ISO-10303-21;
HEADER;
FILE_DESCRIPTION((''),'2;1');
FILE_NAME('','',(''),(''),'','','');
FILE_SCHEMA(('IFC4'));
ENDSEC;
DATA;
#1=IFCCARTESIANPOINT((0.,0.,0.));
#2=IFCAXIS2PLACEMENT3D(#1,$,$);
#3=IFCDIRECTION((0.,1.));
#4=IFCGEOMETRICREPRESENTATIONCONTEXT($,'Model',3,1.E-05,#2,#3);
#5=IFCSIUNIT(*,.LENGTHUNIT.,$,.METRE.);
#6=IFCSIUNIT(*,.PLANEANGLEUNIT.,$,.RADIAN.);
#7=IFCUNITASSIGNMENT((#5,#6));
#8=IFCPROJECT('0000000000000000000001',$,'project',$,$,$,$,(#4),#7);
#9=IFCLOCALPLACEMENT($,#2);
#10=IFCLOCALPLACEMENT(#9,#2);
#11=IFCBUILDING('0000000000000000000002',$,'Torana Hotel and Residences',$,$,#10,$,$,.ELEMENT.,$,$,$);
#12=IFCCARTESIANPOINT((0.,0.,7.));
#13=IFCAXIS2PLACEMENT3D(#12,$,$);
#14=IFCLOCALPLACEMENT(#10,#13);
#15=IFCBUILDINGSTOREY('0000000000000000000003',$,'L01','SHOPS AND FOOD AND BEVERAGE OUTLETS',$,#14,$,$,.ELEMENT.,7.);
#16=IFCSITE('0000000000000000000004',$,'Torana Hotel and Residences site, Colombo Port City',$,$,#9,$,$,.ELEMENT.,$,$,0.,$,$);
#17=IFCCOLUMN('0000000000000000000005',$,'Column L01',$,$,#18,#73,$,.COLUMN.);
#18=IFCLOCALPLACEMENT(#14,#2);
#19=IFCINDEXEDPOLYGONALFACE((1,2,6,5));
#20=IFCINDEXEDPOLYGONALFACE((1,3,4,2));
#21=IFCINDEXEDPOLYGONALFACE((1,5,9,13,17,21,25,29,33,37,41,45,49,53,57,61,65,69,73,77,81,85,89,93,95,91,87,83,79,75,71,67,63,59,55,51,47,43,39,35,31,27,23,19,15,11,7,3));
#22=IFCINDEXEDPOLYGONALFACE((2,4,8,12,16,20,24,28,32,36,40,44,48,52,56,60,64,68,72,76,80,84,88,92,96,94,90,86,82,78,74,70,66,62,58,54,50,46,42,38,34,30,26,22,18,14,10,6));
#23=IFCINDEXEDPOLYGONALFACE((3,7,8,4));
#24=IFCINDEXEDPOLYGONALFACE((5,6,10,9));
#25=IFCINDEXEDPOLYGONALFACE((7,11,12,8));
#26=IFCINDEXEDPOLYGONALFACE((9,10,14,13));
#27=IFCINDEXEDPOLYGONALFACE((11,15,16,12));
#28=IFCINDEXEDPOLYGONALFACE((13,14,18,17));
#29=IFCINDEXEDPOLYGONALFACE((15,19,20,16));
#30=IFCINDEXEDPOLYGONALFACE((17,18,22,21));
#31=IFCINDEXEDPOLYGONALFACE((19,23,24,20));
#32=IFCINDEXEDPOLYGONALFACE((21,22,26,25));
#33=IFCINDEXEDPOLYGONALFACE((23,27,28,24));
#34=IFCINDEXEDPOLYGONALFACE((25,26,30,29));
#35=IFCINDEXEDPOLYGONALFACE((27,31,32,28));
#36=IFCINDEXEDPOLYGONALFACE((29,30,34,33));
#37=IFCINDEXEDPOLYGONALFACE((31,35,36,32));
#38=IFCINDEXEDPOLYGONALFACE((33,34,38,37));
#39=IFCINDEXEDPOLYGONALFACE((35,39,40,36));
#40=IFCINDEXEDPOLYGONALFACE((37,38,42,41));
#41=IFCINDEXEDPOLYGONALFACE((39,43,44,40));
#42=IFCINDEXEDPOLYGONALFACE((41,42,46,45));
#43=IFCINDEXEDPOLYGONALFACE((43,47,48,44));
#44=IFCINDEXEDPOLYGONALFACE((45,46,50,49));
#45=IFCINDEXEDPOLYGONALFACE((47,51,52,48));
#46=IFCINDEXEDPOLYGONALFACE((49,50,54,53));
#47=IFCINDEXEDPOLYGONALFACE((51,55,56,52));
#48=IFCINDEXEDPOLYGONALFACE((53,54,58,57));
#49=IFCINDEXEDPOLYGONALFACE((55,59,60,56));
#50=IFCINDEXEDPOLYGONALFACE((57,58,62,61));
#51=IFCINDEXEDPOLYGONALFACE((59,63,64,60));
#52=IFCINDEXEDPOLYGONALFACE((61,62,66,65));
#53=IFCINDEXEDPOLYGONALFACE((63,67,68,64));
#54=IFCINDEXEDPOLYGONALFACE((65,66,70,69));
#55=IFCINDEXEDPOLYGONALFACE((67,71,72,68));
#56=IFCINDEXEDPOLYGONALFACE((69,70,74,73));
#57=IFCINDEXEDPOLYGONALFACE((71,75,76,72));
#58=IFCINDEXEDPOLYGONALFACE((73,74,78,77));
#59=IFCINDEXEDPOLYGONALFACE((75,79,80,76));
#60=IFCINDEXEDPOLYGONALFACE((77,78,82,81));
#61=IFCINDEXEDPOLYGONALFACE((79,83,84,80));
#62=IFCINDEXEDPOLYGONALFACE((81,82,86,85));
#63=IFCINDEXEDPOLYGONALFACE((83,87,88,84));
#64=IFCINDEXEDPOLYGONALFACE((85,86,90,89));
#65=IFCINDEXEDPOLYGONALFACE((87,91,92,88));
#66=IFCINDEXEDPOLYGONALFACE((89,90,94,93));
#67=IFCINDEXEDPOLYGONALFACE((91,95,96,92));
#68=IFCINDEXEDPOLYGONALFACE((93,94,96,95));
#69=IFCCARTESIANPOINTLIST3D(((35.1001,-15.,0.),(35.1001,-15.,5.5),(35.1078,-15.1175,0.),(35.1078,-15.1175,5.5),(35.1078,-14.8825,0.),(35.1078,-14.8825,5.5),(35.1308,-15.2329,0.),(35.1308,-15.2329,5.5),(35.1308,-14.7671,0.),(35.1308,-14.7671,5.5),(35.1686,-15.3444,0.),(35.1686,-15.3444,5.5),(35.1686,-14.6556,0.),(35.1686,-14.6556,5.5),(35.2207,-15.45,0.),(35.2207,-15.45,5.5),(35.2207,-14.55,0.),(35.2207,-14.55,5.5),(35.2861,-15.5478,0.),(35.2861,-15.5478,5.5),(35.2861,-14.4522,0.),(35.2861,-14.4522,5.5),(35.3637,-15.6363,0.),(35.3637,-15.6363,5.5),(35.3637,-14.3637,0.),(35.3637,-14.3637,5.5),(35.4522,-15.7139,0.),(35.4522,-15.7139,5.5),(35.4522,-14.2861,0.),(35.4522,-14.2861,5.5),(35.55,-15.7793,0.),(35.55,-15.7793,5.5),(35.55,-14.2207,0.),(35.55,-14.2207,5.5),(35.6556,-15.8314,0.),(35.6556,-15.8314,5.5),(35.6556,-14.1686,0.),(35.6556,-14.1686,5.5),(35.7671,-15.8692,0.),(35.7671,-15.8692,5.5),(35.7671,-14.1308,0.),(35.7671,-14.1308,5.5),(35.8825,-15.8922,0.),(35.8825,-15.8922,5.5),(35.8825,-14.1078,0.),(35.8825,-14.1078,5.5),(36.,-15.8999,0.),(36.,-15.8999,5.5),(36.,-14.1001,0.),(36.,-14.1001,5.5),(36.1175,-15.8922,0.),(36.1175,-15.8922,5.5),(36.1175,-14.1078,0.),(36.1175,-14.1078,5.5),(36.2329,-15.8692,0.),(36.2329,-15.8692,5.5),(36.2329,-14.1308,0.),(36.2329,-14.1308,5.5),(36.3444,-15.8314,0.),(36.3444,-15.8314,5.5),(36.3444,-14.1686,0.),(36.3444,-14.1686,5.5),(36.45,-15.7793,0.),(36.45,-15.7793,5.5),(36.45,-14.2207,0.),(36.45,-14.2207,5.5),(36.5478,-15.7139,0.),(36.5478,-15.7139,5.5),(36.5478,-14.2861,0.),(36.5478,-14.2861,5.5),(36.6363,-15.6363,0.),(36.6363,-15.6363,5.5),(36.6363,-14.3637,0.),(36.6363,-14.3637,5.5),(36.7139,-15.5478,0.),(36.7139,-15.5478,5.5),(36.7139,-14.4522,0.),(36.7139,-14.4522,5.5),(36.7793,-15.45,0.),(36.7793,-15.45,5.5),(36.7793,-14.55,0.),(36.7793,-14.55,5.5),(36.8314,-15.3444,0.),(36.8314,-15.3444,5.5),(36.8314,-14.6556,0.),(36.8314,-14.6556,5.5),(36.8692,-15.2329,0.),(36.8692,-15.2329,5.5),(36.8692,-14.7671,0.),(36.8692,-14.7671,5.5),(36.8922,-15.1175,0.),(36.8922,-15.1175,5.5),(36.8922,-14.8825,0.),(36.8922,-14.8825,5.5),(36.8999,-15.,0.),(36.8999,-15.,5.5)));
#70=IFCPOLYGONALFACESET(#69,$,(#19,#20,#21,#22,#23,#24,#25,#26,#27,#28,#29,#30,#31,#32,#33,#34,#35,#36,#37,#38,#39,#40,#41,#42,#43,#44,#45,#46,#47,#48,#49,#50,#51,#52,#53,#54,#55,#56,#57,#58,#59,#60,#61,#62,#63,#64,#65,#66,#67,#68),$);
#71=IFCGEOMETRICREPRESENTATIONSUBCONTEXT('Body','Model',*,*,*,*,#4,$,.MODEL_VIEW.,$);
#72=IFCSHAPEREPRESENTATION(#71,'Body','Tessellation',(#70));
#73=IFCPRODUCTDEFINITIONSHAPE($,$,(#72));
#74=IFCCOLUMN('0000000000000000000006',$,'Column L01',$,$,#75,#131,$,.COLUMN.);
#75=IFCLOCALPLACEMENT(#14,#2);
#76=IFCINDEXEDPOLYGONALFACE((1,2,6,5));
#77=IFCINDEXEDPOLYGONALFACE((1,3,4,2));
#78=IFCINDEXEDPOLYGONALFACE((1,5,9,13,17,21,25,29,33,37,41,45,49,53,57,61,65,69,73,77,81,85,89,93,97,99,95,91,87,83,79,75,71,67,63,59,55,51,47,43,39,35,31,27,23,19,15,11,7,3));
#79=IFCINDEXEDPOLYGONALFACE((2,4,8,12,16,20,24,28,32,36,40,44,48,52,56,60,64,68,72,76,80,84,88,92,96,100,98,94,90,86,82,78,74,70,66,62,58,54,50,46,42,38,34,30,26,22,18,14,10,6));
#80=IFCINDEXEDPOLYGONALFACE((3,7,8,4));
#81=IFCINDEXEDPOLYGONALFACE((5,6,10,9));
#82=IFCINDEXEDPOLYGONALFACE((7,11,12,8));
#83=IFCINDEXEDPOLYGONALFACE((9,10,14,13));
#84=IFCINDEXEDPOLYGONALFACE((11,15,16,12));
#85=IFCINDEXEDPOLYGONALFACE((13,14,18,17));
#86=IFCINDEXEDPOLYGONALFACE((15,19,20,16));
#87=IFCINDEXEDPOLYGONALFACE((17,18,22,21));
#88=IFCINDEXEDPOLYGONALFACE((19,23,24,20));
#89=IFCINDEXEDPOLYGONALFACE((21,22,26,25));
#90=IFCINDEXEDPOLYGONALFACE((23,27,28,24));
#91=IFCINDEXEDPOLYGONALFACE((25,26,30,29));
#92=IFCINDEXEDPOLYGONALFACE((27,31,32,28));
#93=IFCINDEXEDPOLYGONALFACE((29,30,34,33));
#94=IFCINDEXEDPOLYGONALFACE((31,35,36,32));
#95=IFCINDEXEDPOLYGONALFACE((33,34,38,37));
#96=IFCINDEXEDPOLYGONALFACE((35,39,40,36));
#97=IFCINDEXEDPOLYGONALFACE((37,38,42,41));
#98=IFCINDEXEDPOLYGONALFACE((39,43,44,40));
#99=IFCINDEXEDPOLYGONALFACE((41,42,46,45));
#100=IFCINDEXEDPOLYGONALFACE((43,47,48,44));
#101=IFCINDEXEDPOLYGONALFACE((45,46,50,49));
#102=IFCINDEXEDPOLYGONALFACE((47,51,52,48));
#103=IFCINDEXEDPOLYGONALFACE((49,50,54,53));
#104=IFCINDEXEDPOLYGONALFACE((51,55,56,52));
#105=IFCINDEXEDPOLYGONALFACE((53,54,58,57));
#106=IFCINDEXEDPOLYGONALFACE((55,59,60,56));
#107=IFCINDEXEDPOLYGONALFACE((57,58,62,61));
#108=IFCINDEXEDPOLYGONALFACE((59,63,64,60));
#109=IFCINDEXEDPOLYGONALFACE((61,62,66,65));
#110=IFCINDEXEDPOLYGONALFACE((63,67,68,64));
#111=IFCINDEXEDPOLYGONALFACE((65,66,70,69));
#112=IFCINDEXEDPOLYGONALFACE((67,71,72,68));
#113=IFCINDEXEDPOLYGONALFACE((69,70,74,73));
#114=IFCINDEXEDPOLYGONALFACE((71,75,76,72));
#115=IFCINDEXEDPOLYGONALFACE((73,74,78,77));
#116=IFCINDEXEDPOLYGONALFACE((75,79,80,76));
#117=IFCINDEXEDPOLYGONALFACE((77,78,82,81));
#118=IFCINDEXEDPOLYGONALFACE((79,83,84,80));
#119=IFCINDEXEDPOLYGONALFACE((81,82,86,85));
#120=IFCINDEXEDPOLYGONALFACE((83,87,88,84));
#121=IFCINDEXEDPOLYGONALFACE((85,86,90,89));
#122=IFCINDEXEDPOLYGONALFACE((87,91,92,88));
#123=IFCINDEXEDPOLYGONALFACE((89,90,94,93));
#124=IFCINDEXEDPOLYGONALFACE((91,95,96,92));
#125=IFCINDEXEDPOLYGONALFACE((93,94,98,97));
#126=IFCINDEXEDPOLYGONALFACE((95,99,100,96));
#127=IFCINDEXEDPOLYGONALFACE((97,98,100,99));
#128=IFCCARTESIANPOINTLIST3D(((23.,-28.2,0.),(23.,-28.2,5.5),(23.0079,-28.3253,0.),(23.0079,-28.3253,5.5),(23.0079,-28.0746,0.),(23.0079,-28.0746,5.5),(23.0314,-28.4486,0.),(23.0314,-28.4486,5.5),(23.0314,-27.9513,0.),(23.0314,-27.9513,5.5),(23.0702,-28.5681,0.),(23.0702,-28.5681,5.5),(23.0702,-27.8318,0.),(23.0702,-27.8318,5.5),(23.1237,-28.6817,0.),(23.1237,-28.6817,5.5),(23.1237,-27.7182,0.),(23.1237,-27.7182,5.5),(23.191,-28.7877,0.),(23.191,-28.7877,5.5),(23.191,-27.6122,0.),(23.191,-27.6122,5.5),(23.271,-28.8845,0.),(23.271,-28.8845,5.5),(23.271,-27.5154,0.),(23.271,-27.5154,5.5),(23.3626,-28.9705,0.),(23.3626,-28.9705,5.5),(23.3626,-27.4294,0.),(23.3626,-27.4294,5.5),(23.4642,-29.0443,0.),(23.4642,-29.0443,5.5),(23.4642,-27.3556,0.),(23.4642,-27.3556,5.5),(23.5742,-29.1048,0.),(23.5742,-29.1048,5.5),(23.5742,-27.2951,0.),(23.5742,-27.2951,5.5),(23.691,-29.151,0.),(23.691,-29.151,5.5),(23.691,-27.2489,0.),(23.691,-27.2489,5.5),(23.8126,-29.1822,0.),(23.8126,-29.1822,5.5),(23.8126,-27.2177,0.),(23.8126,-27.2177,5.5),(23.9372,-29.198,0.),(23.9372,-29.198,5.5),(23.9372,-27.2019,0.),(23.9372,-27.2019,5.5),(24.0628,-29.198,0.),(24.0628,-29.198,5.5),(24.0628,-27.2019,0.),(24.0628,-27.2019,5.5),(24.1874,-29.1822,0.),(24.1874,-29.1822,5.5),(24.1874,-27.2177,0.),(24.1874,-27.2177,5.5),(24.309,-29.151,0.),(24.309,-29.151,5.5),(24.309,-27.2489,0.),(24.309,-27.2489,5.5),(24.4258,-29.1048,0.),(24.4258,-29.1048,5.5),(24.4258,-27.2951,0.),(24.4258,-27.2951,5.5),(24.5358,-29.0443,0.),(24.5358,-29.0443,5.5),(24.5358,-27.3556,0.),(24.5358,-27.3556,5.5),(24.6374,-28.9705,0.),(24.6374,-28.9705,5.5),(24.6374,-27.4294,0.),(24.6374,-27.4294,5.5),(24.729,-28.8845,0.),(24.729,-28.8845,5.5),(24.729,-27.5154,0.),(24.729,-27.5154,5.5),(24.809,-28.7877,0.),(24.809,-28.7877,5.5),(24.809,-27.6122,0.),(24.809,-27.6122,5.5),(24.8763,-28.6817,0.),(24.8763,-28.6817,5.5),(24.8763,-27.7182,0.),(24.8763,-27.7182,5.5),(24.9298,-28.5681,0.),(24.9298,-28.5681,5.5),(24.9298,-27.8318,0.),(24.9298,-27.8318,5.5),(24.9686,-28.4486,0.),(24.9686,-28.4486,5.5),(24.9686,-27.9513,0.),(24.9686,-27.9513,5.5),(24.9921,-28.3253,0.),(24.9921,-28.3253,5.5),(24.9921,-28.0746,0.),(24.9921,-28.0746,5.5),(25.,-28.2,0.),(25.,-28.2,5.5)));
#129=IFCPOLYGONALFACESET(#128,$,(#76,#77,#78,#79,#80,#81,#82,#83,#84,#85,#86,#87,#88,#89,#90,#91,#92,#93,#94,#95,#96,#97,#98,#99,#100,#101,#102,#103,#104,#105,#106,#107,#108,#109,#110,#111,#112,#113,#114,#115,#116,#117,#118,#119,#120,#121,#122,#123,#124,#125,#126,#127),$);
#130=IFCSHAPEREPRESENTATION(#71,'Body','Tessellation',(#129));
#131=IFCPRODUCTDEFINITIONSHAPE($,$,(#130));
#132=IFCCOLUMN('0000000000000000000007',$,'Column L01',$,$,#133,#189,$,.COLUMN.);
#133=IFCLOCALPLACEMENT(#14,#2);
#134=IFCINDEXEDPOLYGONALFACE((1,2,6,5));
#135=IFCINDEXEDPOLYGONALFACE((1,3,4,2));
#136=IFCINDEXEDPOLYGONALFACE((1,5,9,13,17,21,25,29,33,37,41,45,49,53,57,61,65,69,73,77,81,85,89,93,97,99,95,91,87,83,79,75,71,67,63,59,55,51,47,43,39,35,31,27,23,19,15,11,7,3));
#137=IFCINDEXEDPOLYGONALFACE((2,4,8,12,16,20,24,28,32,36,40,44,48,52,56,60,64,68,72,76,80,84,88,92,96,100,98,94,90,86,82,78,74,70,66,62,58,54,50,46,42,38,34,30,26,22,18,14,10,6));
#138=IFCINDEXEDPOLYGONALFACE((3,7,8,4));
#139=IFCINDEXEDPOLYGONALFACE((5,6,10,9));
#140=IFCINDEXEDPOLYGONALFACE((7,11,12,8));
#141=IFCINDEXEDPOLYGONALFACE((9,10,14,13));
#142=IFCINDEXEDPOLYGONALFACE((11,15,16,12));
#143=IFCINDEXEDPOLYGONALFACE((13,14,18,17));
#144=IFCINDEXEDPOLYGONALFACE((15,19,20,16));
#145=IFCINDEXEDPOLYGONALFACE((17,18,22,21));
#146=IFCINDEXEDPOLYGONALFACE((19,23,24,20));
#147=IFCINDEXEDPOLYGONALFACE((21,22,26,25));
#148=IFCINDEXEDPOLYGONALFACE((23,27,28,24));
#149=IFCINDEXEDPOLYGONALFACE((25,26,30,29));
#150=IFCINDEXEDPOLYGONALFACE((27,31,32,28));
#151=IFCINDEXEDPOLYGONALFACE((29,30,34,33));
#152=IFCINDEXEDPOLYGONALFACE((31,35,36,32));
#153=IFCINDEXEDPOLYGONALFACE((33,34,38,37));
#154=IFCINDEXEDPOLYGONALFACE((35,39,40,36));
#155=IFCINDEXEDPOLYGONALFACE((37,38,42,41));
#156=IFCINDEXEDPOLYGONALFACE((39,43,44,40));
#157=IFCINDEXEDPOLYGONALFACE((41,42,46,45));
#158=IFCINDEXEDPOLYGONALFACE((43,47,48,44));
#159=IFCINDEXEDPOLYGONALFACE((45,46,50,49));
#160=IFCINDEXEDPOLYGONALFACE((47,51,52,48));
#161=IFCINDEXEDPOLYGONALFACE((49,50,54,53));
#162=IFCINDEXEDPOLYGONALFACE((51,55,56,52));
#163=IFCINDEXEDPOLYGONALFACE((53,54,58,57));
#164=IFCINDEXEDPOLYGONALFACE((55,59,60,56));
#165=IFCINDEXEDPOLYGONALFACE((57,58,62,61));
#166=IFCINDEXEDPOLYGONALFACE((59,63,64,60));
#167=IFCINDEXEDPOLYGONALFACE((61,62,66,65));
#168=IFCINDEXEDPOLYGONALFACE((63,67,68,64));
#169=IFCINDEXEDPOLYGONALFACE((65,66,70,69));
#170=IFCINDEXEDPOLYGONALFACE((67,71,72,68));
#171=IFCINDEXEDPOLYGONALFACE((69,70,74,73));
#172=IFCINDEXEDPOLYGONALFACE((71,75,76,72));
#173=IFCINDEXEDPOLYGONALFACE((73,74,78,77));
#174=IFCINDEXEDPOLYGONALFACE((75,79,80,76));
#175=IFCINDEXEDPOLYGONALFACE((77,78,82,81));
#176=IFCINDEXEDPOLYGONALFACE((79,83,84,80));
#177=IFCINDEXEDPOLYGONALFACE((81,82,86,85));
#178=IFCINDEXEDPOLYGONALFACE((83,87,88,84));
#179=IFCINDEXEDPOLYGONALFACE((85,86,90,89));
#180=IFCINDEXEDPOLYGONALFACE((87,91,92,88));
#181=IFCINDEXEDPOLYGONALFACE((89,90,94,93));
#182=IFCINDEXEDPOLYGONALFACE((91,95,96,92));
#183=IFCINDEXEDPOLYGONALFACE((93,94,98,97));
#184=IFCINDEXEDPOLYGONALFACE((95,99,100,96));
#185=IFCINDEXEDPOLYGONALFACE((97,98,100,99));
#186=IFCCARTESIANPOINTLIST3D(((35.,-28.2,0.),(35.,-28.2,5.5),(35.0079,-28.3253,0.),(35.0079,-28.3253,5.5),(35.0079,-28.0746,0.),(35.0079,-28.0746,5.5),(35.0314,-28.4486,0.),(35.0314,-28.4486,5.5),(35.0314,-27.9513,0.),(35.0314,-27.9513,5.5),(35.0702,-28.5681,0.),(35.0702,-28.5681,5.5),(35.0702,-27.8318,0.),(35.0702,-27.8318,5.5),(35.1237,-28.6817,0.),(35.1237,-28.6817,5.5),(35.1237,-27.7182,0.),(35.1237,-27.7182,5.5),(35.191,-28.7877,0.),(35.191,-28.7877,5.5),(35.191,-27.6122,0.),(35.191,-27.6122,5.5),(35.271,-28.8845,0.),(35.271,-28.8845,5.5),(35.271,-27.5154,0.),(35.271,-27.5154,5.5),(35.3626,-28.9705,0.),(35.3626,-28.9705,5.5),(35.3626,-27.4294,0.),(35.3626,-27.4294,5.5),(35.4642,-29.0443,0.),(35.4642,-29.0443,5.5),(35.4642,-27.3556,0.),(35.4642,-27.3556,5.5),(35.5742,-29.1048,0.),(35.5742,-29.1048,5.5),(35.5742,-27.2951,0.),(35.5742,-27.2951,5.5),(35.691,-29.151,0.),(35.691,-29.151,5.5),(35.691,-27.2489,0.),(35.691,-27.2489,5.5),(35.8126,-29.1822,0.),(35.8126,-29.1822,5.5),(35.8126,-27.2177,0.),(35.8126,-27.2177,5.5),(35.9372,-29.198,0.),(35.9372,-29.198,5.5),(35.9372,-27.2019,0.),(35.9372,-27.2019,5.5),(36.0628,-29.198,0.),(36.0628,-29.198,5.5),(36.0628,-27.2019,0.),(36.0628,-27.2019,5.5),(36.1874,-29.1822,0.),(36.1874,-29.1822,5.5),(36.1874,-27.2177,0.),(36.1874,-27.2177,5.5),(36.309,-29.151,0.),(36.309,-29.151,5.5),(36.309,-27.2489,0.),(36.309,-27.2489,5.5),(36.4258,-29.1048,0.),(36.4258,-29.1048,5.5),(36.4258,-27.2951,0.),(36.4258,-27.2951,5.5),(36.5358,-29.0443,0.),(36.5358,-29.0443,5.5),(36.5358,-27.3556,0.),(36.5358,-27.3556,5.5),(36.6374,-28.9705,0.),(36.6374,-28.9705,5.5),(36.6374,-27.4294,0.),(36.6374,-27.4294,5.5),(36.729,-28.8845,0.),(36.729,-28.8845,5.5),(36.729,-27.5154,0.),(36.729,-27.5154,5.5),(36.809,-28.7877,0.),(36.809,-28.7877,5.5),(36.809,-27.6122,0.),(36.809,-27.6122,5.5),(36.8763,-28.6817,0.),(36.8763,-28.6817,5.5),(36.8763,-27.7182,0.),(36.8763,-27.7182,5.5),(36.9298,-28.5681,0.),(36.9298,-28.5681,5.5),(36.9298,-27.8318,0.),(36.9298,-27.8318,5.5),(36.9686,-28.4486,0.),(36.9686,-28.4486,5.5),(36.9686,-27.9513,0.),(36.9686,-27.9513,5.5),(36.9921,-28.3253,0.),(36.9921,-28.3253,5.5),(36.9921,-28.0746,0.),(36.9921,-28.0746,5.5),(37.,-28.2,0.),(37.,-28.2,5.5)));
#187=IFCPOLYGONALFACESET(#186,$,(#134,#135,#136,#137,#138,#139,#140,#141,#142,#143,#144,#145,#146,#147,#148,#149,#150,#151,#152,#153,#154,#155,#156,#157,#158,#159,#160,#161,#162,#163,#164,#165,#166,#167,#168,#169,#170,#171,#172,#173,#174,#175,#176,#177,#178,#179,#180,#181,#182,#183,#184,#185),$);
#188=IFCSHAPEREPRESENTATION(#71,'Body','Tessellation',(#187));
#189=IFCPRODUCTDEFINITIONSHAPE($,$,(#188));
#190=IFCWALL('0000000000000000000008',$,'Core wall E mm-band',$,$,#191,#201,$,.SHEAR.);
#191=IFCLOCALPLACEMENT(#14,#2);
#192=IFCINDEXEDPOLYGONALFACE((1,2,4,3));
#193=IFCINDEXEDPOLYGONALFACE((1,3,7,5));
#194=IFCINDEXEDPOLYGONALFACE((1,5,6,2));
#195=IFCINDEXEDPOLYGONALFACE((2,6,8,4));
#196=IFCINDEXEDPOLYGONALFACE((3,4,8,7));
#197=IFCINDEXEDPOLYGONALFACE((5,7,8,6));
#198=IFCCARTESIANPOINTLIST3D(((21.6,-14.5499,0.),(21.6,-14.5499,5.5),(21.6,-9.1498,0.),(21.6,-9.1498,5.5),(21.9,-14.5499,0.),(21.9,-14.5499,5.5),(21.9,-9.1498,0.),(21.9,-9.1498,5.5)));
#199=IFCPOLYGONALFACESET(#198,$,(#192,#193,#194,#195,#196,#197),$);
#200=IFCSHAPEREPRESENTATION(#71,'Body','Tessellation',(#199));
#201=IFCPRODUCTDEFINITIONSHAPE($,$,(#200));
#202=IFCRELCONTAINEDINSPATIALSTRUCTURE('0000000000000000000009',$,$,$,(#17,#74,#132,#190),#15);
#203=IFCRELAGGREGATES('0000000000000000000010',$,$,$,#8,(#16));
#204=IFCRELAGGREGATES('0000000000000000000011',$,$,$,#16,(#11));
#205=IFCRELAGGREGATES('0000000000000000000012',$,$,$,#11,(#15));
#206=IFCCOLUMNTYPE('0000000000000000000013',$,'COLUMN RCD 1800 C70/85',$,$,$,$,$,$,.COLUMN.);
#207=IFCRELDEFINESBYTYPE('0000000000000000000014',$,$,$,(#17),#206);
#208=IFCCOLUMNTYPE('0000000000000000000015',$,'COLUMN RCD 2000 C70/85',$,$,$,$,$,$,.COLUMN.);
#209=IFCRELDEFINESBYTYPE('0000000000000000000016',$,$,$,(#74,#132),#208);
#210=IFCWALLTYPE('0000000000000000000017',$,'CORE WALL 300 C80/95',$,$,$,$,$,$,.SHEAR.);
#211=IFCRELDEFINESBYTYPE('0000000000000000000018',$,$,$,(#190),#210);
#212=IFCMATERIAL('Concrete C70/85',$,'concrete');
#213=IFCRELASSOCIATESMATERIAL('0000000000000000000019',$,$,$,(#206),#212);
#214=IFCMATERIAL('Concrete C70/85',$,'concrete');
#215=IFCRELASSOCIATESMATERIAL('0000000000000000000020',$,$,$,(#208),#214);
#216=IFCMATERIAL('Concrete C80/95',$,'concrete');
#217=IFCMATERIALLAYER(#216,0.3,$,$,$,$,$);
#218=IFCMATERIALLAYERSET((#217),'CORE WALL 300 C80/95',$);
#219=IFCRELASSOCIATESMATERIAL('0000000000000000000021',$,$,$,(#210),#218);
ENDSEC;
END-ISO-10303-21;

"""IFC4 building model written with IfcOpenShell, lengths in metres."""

from ifc_helpers import new_model, si_unit, direction, frame, frame_2d, origin, origin_2d, place, context, subcontext, project, spatial, rectangle, circle, extrude, material, layer, layer_set, material_profile, profile_set, type_object, element, save


model = new_model("IFC4")

# Units and contexts
model_context = context("Model", 3, precision=1e-05, world=origin(), true_north=direction((0.0, 1.0)))
body_context = subcontext(model_context, "Body", "Model", "MODEL_VIEW")
ifc_project = project(units=[si_unit("LENGTHUNIT", "METRE"), si_unit("PLANEANGLEUNIT", "RADIAN")], contexts=[model_context])

# Site, building, storey
site_placement = place(None, origin())
site = spatial("IfcSite", under=ifc_project, at=site_placement, Name="Torana Hotel and Residences site, Colombo Port City", CompositionType="ELEMENT", RefElevation=0.0)
building_placement = place(site_placement, origin())
building = spatial("IfcBuilding", under=site, at=building_placement, Name="Torana Hotel and Residences", CompositionType="ELEMENT")
storey_placement = place(building_placement, frame((0.0, 0.0, 7.0)))
storey = spatial("IfcBuildingStorey", under=building, at=storey_placement, Name="L01", Description="SHOPS AND FOOD AND BEVERAGE OUTLETS", CompositionType="ELEMENT", Elevation=7.0)

# Columns
ifc_material_1 = material(Name="Concrete C70/85", Category="concrete")
ifc_material_profile_1 = material_profile(ifc_material_1, circle(Radius=0.8999, at=origin_2d()), Name="RCD 1800")
ifc_profile_set_1 = profile_set([ifc_material_profile_1], Name="Concrete C70/85")
column_type_1 = type_object("IfcColumnType", Name="COLUMN RCD 1800 C70/85", PredefinedType="COLUMN", material=ifc_profile_set_1)
column_placement = place(storey_placement, frame((36.0, -15.0, 0.0), z_axis=(0.0, 0.0, 1.0), x_axis=(1.0, 0.0, 0.0)))
element("IfcColumn", 1, at=column_placement, inside=storey, type_object=column_type_1, Name="Column L01", PredefinedType="COLUMN", context=body_context, shape_type="SweptSolid", body=[
    extrude(circle(Radius=0.8999, at=origin_2d()), origin(), (0.0, 0.0, 1.0), 5.5),
])
ifc_material_2 = material(Name="Concrete C70/85", Category="concrete")
ifc_material_profile_2 = material_profile(ifc_material_2, circle(Radius=1.0, at=origin_2d()), Name="RCD 2000")
ifc_profile_set_2 = profile_set([ifc_material_profile_2], Name="Concrete C70/85")
column_type_2 = type_object("IfcColumnType", Name="COLUMN RCD 2000 C70/85", PredefinedType="COLUMN", material=ifc_profile_set_2)
for number, where, z_axis, x_axis, name in (
    (2, (24.0, -28.2, 0.0), (0.0, 0.0, 1.0), (1.0, 0.0, 0.0), "Column L01"),
    (3, (36.0, -28.2, 0.0), (0.0, 0.0, 1.0), (1.0, 0.0, 0.0), "Column L01"),
):
    element("IfcColumn", number, at=place(storey_placement, frame(where, z_axis=z_axis, x_axis=x_axis)), inside=storey, type_object=column_type_2, Name=name, PredefinedType="COLUMN", context=body_context, shape_type="SweptSolid", body=[
        extrude(circle(Radius=1.0, at=origin_2d()), origin(), (0.0, 0.0, 1.0), 5.5),
    ])

# Wall
ifc_material_3 = material(Name="Concrete C80/95", Category="concrete")
ifc_layer_1 = layer(ifc_material_3, 0.3)
ifc_layer_set_1 = layer_set([ifc_layer_1], Name="CORE WALL 300 C80/95")
wall_type_1 = type_object("IfcWallType", Name="CORE WALL 300 C80/95", PredefinedType="SHEAR", material=ifc_layer_set_1)
for number, where, z_axis, x_axis, name in (
    (4, (21.75, -14.55, 0.0), (0.0, 0.0, 1.0), (0.0, 1.0, 0.0), "Core wall E mm-band"),
):
    element("IfcWall", number, at=place(storey_placement, frame(where, z_axis=z_axis, x_axis=x_axis)), inside=storey, type_object=wall_type_1, Name=name, PredefinedType="SHEAR", context=body_context, shape_type="SweptSolid", body=[
        extrude(rectangle(XDim=5.4001, YDim=0.3, at=frame_2d((2.7002, 0.0))), origin(), (0.0, 0.0, 1.0), 5.5),
    ])

save(model, "model.ifc")
